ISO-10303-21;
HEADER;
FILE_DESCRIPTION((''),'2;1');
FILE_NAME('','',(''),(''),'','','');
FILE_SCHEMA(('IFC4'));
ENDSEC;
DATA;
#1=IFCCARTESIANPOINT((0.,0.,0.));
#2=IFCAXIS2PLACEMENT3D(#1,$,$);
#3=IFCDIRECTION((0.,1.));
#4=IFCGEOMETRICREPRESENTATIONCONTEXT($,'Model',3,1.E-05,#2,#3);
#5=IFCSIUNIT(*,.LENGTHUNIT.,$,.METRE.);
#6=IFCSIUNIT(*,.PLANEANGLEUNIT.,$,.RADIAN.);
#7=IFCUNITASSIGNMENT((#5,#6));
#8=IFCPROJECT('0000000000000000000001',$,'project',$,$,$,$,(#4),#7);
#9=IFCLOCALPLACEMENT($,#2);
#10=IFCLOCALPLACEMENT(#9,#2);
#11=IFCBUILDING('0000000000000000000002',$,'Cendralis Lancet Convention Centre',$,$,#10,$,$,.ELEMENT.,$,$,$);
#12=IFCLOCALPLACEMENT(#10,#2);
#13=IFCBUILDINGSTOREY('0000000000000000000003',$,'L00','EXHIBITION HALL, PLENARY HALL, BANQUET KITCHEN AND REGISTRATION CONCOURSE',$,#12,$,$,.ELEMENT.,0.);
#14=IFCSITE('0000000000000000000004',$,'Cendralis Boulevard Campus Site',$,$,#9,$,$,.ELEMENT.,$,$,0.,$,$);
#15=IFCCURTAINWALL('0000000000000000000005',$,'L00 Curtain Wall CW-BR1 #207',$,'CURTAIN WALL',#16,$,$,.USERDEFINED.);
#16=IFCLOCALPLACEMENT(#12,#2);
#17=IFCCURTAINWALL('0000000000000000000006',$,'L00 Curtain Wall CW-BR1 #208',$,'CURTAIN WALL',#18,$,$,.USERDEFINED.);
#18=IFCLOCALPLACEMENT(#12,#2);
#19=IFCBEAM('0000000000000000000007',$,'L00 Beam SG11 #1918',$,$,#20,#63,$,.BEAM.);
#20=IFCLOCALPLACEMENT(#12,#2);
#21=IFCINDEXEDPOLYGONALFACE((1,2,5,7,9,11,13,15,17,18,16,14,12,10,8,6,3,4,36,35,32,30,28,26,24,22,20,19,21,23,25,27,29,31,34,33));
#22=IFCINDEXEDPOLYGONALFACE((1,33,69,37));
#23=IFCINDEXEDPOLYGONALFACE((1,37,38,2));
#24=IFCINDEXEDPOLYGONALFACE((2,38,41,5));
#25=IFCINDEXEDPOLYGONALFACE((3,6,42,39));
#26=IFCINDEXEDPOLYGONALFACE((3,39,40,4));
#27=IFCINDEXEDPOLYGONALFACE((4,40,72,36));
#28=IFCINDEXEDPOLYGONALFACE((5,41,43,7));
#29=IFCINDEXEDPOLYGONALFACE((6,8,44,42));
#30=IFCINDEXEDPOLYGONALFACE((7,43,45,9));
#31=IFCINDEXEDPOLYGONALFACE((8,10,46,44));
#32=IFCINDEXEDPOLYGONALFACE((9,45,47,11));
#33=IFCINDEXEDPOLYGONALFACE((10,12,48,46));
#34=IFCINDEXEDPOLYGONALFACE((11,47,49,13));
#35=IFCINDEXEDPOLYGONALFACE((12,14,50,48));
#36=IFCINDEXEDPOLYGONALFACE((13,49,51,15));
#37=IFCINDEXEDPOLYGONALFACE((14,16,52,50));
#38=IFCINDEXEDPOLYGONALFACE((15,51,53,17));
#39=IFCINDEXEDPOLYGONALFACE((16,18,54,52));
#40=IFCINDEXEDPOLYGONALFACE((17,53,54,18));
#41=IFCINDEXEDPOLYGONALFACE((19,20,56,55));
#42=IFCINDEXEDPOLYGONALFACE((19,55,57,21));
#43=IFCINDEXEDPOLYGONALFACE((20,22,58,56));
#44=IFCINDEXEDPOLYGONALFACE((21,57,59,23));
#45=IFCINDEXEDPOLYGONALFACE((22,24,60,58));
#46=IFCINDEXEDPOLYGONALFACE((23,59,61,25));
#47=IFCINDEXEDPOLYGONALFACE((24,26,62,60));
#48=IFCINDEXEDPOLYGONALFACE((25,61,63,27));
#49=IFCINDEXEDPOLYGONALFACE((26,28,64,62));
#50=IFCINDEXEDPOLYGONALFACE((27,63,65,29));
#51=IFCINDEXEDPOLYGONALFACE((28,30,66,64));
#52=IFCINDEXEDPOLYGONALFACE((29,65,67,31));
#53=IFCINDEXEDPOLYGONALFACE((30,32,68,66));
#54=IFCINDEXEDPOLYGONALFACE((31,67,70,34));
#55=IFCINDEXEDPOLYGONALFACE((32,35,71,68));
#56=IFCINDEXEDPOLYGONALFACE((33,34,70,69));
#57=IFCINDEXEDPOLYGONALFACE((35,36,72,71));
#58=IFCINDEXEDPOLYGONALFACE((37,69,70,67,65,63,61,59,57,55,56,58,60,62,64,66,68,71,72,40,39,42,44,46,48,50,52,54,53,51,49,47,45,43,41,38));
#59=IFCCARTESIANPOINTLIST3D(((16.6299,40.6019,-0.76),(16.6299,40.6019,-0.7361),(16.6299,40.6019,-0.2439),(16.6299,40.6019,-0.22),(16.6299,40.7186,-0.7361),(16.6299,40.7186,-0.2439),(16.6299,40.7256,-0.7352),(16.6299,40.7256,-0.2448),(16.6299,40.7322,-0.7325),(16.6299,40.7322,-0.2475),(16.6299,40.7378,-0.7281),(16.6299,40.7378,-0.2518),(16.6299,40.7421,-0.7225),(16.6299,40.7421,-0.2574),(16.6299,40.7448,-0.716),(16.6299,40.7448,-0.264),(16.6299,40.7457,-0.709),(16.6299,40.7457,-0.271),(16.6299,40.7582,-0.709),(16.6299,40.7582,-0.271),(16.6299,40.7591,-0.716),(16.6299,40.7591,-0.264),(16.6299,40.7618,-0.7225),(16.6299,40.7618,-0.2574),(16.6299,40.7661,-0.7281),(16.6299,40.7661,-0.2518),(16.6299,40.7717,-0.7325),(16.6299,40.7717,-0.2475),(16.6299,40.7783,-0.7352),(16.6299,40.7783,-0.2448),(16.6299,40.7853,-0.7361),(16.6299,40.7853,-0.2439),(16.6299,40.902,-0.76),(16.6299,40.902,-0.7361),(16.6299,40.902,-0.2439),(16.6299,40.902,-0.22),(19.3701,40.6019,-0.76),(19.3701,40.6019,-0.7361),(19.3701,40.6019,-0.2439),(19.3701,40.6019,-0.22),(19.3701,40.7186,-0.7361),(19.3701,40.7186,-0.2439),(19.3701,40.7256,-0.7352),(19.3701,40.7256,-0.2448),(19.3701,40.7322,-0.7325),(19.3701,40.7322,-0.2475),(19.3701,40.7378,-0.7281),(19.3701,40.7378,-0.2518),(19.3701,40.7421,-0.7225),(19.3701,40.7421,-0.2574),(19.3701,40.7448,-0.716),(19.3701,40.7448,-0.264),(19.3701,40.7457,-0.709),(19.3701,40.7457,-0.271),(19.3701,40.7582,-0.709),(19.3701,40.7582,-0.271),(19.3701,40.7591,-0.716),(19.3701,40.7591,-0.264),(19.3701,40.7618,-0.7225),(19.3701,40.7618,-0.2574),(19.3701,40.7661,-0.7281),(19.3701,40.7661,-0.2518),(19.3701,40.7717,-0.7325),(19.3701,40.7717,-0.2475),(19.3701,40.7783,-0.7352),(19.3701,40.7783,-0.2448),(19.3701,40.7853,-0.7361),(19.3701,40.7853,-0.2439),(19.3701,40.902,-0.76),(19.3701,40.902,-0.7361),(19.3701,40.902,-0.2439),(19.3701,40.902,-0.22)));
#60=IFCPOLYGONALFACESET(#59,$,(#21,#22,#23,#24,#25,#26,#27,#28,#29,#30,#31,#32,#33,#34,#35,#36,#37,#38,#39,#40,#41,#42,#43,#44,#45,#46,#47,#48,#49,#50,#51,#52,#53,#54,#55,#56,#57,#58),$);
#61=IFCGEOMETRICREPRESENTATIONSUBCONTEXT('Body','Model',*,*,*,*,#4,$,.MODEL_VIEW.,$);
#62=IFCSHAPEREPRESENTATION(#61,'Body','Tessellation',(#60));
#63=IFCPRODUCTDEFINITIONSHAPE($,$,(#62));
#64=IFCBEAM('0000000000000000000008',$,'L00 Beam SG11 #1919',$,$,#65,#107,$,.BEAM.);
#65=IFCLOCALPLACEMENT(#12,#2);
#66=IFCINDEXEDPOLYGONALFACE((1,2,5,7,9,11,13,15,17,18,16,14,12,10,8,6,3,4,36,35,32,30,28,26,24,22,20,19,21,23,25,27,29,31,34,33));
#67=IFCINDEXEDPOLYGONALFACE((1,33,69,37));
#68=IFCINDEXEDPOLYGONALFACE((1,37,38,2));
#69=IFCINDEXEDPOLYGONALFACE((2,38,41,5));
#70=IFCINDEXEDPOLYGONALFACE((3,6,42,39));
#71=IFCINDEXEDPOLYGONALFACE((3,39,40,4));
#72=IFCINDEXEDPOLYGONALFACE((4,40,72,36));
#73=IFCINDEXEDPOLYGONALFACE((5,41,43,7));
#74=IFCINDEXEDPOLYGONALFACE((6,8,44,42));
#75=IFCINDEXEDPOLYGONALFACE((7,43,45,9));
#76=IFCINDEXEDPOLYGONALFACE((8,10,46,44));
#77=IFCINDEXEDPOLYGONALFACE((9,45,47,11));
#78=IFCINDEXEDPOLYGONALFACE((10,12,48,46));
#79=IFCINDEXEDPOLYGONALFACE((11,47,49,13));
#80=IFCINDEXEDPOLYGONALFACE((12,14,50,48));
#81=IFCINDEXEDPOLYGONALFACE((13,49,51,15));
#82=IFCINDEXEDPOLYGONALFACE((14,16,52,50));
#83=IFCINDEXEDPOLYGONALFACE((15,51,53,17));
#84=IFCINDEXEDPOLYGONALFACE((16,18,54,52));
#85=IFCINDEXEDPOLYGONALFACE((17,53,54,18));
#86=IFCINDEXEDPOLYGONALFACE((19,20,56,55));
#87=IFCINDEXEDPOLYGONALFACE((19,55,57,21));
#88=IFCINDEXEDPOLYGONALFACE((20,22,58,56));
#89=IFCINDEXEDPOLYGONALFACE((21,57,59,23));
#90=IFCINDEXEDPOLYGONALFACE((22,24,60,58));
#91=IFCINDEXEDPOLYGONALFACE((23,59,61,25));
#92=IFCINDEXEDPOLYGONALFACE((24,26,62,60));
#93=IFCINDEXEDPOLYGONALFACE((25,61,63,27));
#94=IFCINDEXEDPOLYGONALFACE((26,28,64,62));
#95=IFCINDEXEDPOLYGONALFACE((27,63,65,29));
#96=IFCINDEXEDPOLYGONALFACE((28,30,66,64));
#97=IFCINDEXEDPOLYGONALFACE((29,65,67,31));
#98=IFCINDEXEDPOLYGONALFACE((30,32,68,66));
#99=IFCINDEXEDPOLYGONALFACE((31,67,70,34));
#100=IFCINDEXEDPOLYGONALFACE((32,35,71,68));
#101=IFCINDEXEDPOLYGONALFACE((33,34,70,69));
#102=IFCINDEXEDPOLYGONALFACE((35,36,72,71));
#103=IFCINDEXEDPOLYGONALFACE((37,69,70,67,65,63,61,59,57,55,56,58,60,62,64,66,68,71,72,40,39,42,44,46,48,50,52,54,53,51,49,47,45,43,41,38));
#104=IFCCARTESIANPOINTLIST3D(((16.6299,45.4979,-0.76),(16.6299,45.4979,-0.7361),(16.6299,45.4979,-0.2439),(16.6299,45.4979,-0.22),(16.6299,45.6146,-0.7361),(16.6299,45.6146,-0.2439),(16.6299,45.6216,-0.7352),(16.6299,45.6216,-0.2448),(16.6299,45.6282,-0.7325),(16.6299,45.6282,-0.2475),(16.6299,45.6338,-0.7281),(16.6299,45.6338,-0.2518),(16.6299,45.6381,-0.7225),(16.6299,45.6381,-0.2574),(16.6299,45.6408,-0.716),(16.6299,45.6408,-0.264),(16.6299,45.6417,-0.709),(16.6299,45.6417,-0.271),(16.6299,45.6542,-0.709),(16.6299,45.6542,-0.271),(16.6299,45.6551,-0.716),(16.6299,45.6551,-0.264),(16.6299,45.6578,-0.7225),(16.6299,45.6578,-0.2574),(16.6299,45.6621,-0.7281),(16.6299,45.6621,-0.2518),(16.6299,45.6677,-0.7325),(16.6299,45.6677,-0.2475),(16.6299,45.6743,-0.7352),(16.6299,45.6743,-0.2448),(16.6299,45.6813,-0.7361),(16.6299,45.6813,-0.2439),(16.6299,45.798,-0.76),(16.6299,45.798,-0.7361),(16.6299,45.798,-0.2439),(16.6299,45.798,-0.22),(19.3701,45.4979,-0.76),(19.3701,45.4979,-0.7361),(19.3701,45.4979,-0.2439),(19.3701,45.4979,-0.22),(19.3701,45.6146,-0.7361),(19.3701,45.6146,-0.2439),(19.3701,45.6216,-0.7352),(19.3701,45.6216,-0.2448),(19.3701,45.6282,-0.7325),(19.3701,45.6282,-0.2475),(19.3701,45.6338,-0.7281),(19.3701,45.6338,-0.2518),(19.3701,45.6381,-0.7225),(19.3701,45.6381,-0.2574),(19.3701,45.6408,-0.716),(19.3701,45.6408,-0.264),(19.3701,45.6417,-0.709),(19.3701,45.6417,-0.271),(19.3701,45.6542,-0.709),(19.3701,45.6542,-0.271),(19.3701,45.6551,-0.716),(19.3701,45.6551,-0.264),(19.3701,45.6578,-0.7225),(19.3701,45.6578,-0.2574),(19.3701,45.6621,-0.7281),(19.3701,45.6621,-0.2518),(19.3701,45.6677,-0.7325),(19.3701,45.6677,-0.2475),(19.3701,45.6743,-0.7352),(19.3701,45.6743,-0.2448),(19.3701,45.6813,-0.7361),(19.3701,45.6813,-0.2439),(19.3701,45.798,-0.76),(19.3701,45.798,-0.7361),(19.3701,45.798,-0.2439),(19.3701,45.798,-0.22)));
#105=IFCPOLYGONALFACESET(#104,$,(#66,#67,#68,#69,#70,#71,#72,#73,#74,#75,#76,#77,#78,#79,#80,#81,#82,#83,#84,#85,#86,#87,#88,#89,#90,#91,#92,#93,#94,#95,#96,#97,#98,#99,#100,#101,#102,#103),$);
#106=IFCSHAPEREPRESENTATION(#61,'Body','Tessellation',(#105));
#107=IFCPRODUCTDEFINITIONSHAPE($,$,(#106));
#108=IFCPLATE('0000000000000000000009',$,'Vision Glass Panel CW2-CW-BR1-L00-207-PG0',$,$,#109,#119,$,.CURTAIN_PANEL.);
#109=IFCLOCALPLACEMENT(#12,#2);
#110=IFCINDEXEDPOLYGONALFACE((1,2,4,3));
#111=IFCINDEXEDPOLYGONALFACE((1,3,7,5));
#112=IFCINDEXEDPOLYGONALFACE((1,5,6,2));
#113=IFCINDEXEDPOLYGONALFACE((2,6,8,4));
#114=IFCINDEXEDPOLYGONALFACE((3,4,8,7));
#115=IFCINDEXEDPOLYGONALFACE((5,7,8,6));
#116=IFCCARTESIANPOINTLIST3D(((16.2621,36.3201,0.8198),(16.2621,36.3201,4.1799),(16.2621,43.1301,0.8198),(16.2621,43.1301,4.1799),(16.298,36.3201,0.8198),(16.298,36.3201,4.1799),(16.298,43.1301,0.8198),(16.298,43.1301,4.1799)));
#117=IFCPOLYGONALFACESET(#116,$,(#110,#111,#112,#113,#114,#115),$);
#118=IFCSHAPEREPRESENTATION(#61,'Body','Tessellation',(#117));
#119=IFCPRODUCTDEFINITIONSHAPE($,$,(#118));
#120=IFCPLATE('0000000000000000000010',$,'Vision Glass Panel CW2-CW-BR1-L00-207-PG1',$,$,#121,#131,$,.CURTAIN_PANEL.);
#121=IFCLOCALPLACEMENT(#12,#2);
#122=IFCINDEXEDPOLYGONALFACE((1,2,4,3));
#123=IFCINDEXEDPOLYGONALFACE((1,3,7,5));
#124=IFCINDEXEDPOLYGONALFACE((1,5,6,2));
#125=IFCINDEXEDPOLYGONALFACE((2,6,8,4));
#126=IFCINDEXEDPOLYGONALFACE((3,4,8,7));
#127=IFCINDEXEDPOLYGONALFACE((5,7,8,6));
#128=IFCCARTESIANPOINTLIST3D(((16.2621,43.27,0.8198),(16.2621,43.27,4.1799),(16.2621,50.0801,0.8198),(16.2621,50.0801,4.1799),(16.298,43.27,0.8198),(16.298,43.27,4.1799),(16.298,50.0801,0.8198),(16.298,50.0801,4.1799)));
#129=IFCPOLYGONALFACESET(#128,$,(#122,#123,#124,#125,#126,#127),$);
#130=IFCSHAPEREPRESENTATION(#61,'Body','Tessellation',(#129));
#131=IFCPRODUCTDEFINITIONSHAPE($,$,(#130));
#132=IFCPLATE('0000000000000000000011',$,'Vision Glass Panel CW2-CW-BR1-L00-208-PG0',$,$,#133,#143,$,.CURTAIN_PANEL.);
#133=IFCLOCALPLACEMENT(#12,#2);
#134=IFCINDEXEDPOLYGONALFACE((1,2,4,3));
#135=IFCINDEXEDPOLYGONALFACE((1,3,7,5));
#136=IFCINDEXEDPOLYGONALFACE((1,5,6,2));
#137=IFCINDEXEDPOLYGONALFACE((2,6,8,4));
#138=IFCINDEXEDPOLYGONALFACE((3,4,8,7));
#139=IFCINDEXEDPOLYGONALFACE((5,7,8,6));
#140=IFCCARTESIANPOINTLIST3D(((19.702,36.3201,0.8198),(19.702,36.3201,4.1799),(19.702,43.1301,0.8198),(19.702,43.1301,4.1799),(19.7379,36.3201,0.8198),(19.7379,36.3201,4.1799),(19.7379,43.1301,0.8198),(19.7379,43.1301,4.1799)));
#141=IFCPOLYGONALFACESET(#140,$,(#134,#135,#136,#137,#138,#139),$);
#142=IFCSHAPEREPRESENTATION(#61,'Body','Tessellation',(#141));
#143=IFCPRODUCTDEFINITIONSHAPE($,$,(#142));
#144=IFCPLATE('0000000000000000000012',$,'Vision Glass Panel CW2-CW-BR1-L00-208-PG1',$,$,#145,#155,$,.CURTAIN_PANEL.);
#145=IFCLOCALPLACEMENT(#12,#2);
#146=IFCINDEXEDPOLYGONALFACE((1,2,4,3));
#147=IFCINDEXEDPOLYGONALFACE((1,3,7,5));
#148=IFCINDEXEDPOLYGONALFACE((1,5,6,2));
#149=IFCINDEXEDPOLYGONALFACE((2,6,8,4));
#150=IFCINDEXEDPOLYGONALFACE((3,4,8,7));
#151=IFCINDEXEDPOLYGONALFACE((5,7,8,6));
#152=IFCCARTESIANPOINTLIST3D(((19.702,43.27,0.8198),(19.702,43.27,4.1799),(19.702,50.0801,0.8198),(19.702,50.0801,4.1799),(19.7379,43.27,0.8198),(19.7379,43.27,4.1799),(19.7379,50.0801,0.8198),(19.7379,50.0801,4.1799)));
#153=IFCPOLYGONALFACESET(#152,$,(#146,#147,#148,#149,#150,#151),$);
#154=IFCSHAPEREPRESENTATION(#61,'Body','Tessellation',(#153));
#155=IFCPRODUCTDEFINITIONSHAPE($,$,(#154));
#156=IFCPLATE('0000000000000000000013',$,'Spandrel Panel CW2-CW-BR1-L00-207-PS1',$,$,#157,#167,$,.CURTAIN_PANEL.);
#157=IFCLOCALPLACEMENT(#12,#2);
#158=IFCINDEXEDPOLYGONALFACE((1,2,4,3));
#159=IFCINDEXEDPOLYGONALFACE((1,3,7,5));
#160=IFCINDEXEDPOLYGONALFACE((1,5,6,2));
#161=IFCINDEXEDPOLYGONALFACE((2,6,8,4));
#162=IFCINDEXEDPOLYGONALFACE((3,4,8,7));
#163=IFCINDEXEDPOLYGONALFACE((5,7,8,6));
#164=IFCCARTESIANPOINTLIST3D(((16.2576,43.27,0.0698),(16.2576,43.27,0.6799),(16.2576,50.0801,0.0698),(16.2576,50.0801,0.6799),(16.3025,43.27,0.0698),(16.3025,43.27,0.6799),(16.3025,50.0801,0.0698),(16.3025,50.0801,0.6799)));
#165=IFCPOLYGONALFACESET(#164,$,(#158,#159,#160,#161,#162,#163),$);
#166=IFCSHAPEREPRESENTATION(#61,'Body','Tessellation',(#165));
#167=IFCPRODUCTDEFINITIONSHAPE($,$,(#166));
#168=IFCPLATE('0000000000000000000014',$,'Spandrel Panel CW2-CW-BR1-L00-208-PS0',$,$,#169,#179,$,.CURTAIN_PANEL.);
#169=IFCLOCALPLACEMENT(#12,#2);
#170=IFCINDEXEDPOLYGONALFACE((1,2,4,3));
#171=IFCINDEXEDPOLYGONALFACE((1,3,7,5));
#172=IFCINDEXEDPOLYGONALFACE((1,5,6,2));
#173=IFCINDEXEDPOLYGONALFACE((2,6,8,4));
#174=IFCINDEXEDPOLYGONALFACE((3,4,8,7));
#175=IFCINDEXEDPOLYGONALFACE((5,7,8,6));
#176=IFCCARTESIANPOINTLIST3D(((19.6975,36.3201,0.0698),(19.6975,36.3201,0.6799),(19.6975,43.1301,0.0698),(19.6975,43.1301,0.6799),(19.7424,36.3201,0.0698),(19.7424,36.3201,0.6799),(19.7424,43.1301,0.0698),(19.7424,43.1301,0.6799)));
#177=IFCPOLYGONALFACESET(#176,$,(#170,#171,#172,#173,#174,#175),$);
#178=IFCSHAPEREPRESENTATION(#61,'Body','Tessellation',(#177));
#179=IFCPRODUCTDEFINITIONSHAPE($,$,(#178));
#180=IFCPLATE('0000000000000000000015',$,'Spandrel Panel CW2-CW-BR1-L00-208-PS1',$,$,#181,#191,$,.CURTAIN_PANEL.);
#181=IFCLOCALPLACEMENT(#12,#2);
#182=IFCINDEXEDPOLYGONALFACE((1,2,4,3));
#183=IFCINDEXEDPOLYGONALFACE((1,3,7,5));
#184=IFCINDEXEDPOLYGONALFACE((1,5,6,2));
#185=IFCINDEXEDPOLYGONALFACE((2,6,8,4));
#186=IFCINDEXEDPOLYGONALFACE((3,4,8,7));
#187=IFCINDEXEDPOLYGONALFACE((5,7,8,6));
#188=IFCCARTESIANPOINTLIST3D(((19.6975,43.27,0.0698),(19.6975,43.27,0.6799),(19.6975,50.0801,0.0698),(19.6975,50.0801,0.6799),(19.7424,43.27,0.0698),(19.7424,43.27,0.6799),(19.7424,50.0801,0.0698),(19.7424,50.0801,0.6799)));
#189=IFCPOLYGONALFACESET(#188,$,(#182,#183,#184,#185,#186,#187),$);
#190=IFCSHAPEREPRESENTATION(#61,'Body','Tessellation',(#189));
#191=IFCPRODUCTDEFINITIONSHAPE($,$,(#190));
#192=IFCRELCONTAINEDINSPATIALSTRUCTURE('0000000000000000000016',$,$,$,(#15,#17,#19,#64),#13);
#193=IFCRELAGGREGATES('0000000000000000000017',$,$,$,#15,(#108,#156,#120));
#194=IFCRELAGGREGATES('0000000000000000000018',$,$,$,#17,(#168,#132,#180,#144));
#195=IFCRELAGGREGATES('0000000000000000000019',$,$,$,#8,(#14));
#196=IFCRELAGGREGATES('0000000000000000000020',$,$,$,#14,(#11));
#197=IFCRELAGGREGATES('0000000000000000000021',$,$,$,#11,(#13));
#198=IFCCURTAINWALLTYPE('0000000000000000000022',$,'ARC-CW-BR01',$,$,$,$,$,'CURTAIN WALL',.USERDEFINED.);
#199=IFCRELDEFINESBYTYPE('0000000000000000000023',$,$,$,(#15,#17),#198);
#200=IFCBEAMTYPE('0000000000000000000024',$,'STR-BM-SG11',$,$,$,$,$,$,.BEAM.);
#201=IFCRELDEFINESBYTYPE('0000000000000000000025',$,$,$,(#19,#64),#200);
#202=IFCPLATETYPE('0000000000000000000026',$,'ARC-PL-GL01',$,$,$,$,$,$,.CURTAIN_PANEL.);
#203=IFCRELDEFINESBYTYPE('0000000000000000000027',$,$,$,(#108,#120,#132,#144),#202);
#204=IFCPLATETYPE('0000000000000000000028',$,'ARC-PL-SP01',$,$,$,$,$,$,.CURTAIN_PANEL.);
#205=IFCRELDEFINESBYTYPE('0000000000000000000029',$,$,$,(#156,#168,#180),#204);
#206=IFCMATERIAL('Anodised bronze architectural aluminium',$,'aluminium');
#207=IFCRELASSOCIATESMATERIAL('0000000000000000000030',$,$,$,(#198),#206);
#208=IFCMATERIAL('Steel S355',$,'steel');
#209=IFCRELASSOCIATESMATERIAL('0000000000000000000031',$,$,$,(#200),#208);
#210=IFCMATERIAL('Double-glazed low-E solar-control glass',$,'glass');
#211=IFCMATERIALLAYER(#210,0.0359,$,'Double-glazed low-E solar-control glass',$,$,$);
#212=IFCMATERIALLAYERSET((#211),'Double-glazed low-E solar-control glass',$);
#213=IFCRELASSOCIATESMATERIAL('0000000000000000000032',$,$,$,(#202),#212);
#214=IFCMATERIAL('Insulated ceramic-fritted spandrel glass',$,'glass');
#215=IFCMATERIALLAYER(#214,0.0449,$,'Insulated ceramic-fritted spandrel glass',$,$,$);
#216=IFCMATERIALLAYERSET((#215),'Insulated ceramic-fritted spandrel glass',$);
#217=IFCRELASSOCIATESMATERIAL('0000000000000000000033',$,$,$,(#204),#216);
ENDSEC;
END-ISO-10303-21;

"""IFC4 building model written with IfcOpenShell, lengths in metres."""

from ifc_helpers import new_model, si_unit, direction, frame, origin, origin_2d, place, context, subcontext, project, spatial, rectangle, i_section, extrude, material, layer, layer_set, material_profile, profile_set, type_object, element, aggregate, save


model = new_model("IFC4")

# Units and contexts
model_context = context("Model", 3, precision=1e-05, world=origin(), true_north=direction((0.0, 1.0)))
body_context = subcontext(model_context, "Body", "Model", "MODEL_VIEW")
ifc_project = project(units=[si_unit("LENGTHUNIT", "METRE"), si_unit("PLANEANGLEUNIT", "RADIAN")], contexts=[model_context])

# Site, building, storey
site_placement = place(None, origin())
site = spatial("IfcSite", under=ifc_project, at=site_placement, Name="Cendralis Boulevard Campus Site", CompositionType="ELEMENT", RefElevation=0.0)
building_placement = place(site_placement, origin())
building = spatial("IfcBuilding", under=site, at=building_placement, Name="Cendralis Lancet Convention Centre", CompositionType="ELEMENT")
storey_placement = place(building_placement, origin())
storey = spatial("IfcBuildingStorey", under=building, at=storey_placement, Name="L00", Description="EXHIBITION HALL, PLENARY HALL, BANQUET KITCHEN AND REGISTRATION CONCOURSE", CompositionType="ELEMENT", Elevation=0.0)

# Curtain walls
ifc_material_1 = material(Name="Anodised bronze architectural aluminium", Category="aluminium")
curtain_wall_type = type_object("IfcCurtainWallType", Name="ARC-CW-BR01", ElementType="CURTAIN WALL", PredefinedType="USERDEFINED", material=ifc_material_1)
curtain_wall_1_placement = place(storey_placement, origin())
curtain_wall_1 = element("IfcCurtainWall", 1, at=curtain_wall_1_placement, inside=storey, type_object=curtain_wall_type, Name="L00 Curtain Wall CW-BR1 #207", ObjectType="CURTAIN WALL", PredefinedType="USERDEFINED")
curtain_wall_2_placement = place(storey_placement, origin())
curtain_wall_2 = element("IfcCurtainWall", 2, at=curtain_wall_2_placement, inside=storey, type_object=curtain_wall_type, Name="L00 Curtain Wall CW-BR1 #208", ObjectType="CURTAIN WALL", PredefinedType="USERDEFINED")

# Beams
ifc_material_2 = material(Name="Steel S355", Category="steel")
ifc_material_profile_1 = material_profile(ifc_material_2, i_section(OverallWidth=0.3, OverallDepth=0.54, WebThickness=0.0125, FlangeThickness=0.0239, FilletRadius=0.0271, at=origin_2d()), Name="HEA 550")
ifc_profile_set_1 = profile_set([ifc_material_profile_1], Name="Steel S355")
beam_type = type_object("IfcBeamType", Name="STR-BM-SG11", PredefinedType="BEAM", material=ifc_profile_set_1)
for number, where, z_axis, x_axis, name in (
    (3, (16.6299, 40.752, -0.49), (1.0, 0.0, 0.0), (0.0, 1.0, 0.0), "L00 Beam SG11 #1918"),
    (4, (16.6299, 45.6479, -0.49), (1.0, 0.0, 0.0), (0.0, 1.0, 0.0), "L00 Beam SG11 #1919"),
):
    element("IfcBeam", number, at=place(storey_placement, frame(where, z_axis=z_axis, x_axis=x_axis)), inside=storey, type_object=beam_type, Name=name, PredefinedType="BEAM", context=body_context, shape_type="SweptSolid", body=[
        extrude(i_section(OverallWidth=0.3, OverallDepth=0.54, WebThickness=0.0125, FlangeThickness=0.0239, FilletRadius=0.0271, at=origin_2d()), origin(), (0.0, 0.0, 1.0), 2.7402),
    ])

# Plates
ifc_material_3 = material(Name="Double-glazed low-E solar-control glass", Category="glass")
ifc_layer_1 = layer(ifc_material_3, 0.0359, Name="Double-glazed low-E solar-control glass")
ifc_layer_set_1 = layer_set([ifc_layer_1], Name="Double-glazed low-E solar-control glass")
plate_type_1 = type_object("IfcPlateType", Name="ARC-PL-GL01", PredefinedType="CURTAIN_PANEL", material=ifc_layer_set_1)
plate_1_placement = place(storey_placement, frame((16.28, 39.7251, 0.8198), z_axis=(0.0, 0.0, 1.0), x_axis=(0.0, 1.0, 0.0)))
plate_1 = element("IfcPlate", 5, at=plate_1_placement, type_object=plate_type_1, Name="Vision Glass Panel CW2-CW-BR1-L00-207-PG0", PredefinedType="CURTAIN_PANEL", context=body_context, shape_type="SweptSolid", body=[
    extrude(rectangle(XDim=6.8101, YDim=0.0359, at=origin_2d()), origin(), (0.0, 0.0, 1.0), 3.3601),
])
plate_2_placement = place(storey_placement, frame((16.28, 46.675, 0.8198), z_axis=(0.0, 0.0, 1.0), x_axis=(0.0, 1.0, 0.0)))
plate_2 = element("IfcPlate", 6, at=plate_2_placement, type_object=plate_type_1, Name="Vision Glass Panel CW2-CW-BR1-L00-207-PG1", PredefinedType="CURTAIN_PANEL", context=body_context, shape_type="SweptSolid", body=[
    extrude(rectangle(XDim=6.8101, YDim=0.0359, at=origin_2d()), origin(), (0.0, 0.0, 1.0), 3.3601),
])
plate_3_placement = place(storey_placement, frame((19.72, 39.7251, 0.8198), z_axis=(0.0, 0.0, 1.0), x_axis=(0.0, 1.0, 0.0)))
plate_3 = element("IfcPlate", 7, at=plate_3_placement, type_object=plate_type_1, Name="Vision Glass Panel CW2-CW-BR1-L00-208-PG0", PredefinedType="CURTAIN_PANEL", context=body_context, shape_type="SweptSolid", body=[
    extrude(rectangle(XDim=6.8101, YDim=0.0359, at=origin_2d()), origin(), (0.0, 0.0, 1.0), 3.3601),
])
plate_4_placement = place(storey_placement, frame((19.72, 46.675, 0.8198), z_axis=(0.0, 0.0, 1.0), x_axis=(0.0, 1.0, 0.0)))
plate_4 = element("IfcPlate", 8, at=plate_4_placement, type_object=plate_type_1, Name="Vision Glass Panel CW2-CW-BR1-L00-208-PG1", PredefinedType="CURTAIN_PANEL", context=body_context, shape_type="SweptSolid", body=[
    extrude(rectangle(XDim=6.8101, YDim=0.0359, at=origin_2d()), origin(), (0.0, 0.0, 1.0), 3.3601),
])
ifc_material_4 = material(Name="Insulated ceramic-fritted spandrel glass", Category="glass")
ifc_layer_2 = layer(ifc_material_4, 0.0449, Name="Insulated ceramic-fritted spandrel glass")
ifc_layer_set_2 = layer_set([ifc_layer_2], Name="Insulated ceramic-fritted spandrel glass")
plate_type_2 = type_object("IfcPlateType", Name="ARC-PL-SP01", PredefinedType="CURTAIN_PANEL", material=ifc_layer_set_2)
plate_5_placement = place(storey_placement, frame((16.28, 46.675, 0.0698), z_axis=(0.0, 0.0, 1.0), x_axis=(0.0, 1.0, 0.0)))
plate_5 = element("IfcPlate", 9, at=plate_5_placement, type_object=plate_type_2, Name="Spandrel Panel CW2-CW-BR1-L00-207-PS1", PredefinedType="CURTAIN_PANEL", context=body_context, shape_type="SweptSolid", body=[
    extrude(rectangle(XDim=6.8101, YDim=0.0449, at=origin_2d()), origin(), (0.0, 0.0, 1.0), 0.6101),
])
aggregate(curtain_wall_1, [plate_1, plate_5, plate_2])
plate_6_placement = place(storey_placement, frame((19.72, 39.7251, 0.0698), z_axis=(0.0, 0.0, 1.0), x_axis=(0.0, 1.0, 0.0)))
plate_6 = element("IfcPlate", 10, at=plate_6_placement, type_object=plate_type_2, Name="Spandrel Panel CW2-CW-BR1-L00-208-PS0", PredefinedType="CURTAIN_PANEL", context=body_context, shape_type="SweptSolid", body=[
    extrude(rectangle(XDim=6.8101, YDim=0.0449, at=origin_2d()), origin(), (0.0, 0.0, 1.0), 0.6101),
])
plate_7_placement = place(storey_placement, frame((19.72, 46.675, 0.0698), z_axis=(0.0, 0.0, 1.0), x_axis=(0.0, 1.0, 0.0)))
plate_7 = element("IfcPlate", 11, at=plate_7_placement, type_object=plate_type_2, Name="Spandrel Panel CW2-CW-BR1-L00-208-PS1", PredefinedType="CURTAIN_PANEL", context=body_context, shape_type="SweptSolid", body=[
    extrude(rectangle(XDim=6.8101, YDim=0.0449, at=origin_2d()), origin(), (0.0, 0.0, 1.0), 0.6101),
])
aggregate(curtain_wall_2, [plate_6, plate_3, plate_7, plate_4])

save(model, "model.ifc")
